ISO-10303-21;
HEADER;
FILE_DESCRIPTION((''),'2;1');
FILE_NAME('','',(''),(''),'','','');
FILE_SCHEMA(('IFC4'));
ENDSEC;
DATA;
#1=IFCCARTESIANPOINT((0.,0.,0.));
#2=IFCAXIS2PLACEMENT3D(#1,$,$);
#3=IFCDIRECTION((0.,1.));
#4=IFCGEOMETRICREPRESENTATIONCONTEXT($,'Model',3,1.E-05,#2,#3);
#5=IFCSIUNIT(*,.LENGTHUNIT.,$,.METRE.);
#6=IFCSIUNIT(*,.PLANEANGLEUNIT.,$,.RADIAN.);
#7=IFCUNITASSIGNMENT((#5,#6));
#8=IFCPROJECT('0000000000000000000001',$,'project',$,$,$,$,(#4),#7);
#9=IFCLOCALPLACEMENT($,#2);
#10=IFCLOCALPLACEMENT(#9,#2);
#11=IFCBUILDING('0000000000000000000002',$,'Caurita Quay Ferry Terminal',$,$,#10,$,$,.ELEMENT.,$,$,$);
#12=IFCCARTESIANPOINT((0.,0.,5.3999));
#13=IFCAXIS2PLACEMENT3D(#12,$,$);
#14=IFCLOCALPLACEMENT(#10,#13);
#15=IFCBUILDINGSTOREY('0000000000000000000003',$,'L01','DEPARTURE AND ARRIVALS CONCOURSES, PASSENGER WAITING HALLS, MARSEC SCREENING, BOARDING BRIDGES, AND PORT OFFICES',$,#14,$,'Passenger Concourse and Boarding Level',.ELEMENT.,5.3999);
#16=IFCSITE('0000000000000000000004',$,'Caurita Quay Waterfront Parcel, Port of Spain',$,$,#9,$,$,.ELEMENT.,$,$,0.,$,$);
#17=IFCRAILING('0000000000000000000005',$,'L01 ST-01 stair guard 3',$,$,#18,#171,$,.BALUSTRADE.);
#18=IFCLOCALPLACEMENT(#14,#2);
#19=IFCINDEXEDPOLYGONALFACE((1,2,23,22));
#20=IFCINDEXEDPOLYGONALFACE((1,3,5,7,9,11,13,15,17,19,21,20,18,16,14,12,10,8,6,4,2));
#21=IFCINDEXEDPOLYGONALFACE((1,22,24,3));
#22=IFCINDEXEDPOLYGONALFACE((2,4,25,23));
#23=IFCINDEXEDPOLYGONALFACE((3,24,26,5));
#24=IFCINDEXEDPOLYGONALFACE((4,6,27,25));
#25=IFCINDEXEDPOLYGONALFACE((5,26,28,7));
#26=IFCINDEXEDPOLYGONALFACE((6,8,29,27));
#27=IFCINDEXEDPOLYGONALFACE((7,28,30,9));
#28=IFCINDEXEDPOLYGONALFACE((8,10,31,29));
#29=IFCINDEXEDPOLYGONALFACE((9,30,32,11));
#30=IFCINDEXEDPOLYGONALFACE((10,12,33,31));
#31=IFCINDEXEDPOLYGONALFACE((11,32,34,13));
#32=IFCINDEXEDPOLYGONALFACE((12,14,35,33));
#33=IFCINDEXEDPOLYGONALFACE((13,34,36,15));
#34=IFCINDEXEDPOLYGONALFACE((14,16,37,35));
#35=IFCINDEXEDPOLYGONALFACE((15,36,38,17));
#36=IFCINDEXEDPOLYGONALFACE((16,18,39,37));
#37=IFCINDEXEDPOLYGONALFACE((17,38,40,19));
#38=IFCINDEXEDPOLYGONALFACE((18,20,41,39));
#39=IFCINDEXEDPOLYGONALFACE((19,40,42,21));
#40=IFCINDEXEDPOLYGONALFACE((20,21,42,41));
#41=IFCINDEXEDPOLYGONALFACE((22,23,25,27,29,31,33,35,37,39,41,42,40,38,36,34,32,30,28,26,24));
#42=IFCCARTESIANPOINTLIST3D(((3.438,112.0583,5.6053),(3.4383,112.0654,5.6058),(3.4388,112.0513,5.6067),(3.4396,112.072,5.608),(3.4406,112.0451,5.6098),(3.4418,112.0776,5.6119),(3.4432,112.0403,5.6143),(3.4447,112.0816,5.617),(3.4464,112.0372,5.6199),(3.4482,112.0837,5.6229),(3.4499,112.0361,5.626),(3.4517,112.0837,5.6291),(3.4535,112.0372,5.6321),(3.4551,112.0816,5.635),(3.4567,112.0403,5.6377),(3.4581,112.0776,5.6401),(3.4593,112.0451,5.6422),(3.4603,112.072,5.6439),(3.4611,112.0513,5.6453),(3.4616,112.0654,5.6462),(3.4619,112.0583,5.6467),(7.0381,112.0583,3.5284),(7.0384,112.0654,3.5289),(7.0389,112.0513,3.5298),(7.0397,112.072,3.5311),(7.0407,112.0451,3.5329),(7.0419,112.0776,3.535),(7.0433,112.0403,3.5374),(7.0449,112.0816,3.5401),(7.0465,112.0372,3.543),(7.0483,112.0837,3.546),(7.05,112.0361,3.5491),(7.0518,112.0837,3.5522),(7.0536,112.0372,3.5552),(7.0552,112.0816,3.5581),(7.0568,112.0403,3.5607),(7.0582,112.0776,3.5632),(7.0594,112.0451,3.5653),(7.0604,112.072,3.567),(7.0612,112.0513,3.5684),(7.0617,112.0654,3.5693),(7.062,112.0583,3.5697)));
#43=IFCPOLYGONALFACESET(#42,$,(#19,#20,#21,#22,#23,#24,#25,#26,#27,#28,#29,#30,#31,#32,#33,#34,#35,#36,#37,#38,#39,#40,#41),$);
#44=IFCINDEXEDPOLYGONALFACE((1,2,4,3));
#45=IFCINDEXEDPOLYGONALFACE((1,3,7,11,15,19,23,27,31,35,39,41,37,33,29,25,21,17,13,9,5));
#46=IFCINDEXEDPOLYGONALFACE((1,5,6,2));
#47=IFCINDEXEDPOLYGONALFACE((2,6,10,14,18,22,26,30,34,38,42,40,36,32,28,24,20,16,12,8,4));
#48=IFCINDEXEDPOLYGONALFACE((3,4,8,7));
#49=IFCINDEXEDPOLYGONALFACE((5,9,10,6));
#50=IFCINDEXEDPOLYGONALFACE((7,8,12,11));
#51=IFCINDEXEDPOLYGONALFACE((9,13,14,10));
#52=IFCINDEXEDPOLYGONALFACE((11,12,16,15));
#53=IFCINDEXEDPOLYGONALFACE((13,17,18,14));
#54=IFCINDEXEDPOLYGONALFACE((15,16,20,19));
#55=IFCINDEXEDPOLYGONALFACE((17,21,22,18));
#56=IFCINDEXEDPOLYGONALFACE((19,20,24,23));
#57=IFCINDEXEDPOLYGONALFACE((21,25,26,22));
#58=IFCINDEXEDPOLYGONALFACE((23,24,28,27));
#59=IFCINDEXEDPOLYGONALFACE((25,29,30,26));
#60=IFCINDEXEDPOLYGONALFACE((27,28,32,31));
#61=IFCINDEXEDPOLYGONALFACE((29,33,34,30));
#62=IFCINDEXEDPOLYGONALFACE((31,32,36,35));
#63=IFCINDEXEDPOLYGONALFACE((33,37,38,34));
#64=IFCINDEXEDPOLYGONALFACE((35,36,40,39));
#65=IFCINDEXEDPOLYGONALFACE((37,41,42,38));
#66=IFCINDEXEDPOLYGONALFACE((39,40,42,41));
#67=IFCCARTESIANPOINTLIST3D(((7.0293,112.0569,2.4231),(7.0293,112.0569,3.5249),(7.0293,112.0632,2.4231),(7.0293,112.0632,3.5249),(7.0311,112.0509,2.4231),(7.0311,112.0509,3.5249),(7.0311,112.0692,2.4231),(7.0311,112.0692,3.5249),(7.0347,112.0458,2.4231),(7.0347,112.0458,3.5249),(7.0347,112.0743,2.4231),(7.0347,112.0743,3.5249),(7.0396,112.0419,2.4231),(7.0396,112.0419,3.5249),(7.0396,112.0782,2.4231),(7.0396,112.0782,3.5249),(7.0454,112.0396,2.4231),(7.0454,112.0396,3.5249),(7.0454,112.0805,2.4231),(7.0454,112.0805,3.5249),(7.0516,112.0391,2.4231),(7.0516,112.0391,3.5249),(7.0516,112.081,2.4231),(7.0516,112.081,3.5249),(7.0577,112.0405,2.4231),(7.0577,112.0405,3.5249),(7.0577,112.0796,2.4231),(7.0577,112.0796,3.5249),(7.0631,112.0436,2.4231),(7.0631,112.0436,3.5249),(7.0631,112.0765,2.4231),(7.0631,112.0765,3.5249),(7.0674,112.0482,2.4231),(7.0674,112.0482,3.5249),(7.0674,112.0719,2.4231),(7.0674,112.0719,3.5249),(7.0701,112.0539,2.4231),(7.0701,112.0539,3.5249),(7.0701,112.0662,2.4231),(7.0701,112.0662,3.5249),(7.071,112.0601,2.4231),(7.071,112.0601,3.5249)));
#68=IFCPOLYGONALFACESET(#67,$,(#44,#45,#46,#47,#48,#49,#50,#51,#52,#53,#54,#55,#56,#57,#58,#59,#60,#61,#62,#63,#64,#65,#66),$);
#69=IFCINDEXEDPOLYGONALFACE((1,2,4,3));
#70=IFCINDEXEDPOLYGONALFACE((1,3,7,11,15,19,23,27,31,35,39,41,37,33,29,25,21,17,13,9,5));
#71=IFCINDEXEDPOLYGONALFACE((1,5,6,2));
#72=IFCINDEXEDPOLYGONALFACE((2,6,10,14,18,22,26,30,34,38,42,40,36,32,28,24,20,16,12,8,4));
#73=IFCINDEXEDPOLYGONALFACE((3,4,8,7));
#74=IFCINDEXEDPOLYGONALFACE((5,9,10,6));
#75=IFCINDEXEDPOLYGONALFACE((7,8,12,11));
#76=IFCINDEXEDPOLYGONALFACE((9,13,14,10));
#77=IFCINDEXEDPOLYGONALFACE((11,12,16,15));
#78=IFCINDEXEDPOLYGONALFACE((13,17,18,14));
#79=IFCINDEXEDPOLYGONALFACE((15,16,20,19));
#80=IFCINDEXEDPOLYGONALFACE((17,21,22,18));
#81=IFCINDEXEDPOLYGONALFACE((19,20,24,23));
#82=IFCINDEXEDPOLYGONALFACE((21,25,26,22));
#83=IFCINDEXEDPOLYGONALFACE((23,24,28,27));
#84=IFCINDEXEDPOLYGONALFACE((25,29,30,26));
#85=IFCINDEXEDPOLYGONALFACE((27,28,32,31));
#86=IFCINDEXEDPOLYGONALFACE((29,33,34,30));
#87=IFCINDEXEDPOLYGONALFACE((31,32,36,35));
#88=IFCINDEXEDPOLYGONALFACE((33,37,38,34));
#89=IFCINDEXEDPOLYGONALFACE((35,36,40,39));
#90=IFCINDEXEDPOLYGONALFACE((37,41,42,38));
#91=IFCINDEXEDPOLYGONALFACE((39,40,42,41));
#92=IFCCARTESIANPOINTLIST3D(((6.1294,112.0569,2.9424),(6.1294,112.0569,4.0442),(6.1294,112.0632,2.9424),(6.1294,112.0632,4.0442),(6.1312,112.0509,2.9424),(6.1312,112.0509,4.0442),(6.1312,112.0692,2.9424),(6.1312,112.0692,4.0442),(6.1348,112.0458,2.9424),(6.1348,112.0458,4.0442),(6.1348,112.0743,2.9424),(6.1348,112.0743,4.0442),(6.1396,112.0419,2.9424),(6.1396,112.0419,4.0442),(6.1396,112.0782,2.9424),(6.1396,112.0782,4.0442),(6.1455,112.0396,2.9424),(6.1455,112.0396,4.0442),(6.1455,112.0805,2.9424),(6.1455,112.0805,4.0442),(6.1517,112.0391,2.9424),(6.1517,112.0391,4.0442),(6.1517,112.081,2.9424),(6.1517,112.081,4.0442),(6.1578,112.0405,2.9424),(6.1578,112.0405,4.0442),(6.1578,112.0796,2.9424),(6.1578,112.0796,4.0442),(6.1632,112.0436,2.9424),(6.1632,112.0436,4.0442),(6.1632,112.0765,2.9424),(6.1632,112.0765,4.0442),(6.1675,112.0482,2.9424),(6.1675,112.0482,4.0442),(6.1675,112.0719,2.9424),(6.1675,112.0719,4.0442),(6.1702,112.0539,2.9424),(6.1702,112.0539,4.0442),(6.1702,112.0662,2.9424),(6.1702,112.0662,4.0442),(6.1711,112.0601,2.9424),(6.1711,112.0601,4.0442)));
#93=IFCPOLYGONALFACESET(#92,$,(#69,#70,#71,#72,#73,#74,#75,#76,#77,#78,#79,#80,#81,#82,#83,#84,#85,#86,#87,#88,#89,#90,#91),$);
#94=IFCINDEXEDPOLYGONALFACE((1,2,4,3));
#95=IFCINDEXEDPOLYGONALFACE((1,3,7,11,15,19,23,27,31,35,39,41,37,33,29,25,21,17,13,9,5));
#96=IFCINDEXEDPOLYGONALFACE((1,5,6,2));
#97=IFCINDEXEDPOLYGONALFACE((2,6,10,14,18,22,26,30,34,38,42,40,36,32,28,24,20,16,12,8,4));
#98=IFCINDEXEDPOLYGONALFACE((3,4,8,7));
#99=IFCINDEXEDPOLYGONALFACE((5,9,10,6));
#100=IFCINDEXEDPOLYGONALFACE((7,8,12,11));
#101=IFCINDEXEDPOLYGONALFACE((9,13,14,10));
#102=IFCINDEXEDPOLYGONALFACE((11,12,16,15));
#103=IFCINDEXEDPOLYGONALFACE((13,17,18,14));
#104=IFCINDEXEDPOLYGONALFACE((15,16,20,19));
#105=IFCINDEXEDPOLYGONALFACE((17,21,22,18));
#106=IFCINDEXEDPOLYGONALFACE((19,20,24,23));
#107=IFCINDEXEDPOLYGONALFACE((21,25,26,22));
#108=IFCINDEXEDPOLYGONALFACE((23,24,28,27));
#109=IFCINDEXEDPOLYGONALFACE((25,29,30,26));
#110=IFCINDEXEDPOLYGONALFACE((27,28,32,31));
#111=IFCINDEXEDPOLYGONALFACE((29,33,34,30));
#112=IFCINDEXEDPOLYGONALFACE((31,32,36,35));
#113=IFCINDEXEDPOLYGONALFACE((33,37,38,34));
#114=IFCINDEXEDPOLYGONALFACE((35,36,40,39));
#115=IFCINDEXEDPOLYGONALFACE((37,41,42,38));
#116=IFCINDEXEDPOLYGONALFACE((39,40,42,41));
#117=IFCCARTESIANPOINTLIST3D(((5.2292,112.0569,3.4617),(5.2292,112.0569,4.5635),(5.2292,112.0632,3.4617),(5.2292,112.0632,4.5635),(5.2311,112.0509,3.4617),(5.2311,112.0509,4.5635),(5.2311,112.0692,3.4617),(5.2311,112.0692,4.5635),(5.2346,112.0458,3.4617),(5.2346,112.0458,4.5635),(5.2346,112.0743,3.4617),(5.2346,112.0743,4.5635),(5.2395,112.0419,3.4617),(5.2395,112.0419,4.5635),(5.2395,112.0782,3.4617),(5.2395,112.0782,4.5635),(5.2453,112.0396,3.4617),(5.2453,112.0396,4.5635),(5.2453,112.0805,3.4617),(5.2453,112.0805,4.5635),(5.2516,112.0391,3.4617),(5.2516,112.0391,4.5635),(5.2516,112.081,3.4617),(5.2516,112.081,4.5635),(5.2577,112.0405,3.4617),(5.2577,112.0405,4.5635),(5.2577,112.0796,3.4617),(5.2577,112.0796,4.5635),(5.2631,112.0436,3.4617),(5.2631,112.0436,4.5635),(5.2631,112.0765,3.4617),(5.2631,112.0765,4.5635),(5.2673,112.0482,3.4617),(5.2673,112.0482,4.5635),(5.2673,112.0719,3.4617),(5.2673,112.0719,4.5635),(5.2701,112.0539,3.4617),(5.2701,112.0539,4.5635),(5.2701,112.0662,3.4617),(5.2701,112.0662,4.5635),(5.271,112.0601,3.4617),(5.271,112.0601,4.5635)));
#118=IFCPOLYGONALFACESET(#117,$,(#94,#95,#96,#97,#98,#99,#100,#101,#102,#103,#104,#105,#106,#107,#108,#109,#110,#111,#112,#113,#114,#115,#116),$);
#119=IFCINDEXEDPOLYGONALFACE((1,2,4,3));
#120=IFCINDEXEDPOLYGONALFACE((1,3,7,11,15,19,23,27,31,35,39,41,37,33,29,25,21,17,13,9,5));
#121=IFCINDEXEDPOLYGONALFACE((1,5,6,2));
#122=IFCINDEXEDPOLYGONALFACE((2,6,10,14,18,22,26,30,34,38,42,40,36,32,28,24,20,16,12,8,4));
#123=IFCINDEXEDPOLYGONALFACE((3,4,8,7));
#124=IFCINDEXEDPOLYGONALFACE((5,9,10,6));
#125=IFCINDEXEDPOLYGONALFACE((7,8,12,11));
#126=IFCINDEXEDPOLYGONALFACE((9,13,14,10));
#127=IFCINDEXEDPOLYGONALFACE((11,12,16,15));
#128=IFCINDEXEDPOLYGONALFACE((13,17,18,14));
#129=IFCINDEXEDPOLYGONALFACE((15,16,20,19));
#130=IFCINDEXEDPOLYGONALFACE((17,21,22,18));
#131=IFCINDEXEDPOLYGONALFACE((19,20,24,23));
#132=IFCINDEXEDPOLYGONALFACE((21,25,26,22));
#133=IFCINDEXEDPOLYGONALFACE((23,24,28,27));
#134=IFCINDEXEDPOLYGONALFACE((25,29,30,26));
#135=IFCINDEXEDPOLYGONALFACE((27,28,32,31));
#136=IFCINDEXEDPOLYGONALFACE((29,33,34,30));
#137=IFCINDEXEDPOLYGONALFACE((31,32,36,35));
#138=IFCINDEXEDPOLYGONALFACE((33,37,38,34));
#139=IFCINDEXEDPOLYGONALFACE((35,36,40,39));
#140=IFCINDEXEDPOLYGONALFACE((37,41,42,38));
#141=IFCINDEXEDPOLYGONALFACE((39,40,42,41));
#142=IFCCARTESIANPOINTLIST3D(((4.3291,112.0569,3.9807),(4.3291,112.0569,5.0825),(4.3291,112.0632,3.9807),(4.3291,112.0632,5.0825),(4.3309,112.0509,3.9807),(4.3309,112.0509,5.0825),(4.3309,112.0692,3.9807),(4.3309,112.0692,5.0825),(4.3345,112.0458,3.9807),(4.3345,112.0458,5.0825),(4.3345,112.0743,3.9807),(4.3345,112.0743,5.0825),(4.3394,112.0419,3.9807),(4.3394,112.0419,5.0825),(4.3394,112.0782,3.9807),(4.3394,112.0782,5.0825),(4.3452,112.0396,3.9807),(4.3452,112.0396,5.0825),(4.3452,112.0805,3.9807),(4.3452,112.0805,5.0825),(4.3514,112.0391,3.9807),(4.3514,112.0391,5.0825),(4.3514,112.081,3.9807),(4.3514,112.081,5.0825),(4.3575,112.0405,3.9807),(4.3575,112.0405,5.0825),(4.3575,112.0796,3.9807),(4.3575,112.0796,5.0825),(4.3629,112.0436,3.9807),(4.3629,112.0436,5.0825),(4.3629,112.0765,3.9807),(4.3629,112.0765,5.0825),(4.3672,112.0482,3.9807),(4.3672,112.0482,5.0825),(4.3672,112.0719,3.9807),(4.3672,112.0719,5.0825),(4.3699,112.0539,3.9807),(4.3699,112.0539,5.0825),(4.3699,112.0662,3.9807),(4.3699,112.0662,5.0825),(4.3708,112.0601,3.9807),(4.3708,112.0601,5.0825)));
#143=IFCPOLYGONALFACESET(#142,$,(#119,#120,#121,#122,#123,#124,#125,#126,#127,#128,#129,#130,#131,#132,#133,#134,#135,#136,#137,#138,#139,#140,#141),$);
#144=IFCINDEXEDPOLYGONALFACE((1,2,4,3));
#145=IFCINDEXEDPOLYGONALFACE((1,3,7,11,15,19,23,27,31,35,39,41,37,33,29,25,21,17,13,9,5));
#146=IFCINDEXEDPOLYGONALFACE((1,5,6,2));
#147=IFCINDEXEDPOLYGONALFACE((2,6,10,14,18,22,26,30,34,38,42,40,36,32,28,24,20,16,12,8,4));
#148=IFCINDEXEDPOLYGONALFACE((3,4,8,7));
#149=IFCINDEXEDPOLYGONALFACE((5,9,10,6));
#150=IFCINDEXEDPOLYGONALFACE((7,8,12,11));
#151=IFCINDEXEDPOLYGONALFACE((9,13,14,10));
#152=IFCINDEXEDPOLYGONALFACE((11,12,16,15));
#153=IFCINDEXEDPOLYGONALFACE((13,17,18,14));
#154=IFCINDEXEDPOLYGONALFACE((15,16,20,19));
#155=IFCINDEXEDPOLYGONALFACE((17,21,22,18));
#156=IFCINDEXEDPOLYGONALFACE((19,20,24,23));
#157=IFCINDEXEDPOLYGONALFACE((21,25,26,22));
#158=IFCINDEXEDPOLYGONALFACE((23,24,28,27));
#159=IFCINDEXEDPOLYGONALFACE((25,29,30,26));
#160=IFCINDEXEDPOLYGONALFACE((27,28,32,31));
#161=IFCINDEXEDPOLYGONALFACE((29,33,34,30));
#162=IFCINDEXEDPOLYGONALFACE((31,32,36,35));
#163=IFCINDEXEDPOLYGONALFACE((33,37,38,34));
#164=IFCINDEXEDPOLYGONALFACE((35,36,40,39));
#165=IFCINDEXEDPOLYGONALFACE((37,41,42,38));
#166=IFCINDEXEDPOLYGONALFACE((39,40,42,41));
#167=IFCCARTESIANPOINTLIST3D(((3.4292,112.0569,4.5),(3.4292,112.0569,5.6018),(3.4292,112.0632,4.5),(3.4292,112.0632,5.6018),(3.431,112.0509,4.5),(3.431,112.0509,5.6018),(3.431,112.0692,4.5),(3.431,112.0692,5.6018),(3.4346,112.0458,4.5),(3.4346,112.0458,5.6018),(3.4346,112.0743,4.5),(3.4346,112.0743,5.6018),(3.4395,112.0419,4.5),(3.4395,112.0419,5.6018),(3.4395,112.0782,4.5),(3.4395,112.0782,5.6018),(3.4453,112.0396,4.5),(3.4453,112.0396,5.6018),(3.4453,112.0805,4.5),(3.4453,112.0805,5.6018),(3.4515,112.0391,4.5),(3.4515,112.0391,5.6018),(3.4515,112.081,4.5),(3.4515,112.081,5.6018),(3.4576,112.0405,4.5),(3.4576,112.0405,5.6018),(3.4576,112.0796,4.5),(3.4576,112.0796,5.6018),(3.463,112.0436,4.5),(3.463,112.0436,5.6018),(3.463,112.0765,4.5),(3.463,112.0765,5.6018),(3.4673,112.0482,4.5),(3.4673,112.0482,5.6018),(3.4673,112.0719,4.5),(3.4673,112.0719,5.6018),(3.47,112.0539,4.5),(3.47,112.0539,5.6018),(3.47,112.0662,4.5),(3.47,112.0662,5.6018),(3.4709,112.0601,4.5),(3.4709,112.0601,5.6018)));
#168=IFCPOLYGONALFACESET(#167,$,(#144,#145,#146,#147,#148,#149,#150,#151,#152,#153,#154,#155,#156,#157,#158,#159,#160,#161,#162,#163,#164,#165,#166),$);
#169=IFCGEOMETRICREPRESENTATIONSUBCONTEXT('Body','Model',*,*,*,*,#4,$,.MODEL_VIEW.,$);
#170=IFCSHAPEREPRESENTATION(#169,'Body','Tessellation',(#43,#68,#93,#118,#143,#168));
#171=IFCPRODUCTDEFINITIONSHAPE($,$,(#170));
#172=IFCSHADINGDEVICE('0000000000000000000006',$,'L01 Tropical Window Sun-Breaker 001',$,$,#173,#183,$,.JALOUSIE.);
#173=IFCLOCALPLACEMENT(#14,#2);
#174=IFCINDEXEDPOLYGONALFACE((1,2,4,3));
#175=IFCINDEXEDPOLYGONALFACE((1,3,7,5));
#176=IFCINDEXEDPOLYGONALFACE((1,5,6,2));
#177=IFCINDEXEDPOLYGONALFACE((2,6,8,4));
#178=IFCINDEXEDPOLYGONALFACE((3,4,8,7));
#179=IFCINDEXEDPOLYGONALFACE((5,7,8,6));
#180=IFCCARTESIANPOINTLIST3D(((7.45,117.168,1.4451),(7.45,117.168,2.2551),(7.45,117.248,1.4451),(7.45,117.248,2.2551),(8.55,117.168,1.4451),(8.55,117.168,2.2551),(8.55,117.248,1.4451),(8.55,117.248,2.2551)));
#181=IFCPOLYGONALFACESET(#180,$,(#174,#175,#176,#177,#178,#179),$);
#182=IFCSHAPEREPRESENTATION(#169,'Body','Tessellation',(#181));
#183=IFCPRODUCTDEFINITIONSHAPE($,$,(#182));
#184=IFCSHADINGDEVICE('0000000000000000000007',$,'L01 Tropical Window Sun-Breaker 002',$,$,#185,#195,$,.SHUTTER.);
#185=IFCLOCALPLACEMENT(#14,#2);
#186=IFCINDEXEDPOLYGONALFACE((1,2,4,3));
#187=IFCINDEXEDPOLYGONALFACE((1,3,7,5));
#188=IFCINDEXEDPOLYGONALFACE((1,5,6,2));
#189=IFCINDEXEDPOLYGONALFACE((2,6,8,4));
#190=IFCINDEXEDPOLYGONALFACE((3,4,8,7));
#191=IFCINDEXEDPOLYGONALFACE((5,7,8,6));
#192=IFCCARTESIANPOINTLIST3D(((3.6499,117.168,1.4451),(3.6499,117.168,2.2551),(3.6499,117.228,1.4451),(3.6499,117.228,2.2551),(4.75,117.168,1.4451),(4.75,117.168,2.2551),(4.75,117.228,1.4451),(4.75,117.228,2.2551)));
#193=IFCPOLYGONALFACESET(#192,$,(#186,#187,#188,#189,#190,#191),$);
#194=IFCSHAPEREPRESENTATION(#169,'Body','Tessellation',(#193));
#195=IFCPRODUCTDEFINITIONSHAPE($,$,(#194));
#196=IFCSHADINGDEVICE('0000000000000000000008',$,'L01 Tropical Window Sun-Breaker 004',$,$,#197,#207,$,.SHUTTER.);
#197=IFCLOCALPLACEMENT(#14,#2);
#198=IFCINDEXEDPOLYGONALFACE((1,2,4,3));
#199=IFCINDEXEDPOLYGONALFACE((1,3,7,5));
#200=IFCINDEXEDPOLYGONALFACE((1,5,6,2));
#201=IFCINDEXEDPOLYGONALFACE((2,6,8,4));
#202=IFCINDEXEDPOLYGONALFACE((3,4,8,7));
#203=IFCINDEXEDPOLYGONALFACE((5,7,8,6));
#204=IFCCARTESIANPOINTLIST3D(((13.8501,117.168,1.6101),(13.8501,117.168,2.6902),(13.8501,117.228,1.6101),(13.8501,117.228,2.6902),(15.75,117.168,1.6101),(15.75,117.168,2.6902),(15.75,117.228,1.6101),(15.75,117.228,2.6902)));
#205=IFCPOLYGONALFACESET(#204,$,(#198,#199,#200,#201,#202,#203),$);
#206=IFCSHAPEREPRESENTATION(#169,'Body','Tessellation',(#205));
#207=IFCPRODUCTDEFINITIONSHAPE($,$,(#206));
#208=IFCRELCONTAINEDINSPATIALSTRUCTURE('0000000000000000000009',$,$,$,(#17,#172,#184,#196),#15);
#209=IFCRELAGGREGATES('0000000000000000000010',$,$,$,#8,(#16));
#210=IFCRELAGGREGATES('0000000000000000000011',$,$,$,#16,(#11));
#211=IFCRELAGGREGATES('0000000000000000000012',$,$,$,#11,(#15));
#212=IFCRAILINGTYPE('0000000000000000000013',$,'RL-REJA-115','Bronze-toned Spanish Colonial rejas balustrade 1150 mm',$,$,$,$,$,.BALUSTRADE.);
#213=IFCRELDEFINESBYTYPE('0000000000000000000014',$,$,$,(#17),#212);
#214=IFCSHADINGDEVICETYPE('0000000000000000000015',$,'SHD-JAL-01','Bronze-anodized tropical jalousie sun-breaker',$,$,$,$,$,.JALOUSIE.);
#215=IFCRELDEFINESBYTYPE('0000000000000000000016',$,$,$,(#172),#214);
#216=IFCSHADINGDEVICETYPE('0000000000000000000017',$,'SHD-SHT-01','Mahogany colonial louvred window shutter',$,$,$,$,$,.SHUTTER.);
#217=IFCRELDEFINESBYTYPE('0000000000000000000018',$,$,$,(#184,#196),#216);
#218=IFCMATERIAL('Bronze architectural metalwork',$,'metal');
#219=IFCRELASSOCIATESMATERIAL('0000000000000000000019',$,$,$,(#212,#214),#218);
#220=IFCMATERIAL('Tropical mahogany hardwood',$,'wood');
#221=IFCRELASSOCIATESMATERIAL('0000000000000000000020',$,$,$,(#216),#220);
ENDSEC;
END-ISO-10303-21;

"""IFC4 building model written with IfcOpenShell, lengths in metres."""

from ifc_helpers import new_model, si_unit, direction, frame, origin, origin_2d, place, context, subcontext, project, spatial, rectangle, circle, extrude, material, type_object, element, save


model = new_model("IFC4")

# Units and contexts
model_context = context("Model", 3, precision=1e-05, world=origin(), true_north=direction((0.0, 1.0)))
body_context = subcontext(model_context, "Body", "Model", "MODEL_VIEW")
ifc_project = project(units=[si_unit("LENGTHUNIT", "METRE"), si_unit("PLANEANGLEUNIT", "RADIAN")], contexts=[model_context])

# Site, building, storey
site_placement = place(None, origin())
site = spatial("IfcSite", under=ifc_project, at=site_placement, Name="Caurita Quay Waterfront Parcel, Port of Spain", CompositionType="ELEMENT", RefElevation=0.0)
building_placement = place(site_placement, origin())
building = spatial("IfcBuilding", under=site, at=building_placement, Name="Caurita Quay Ferry Terminal", CompositionType="ELEMENT")
storey_placement = place(building_placement, frame((0.0, 0.0, 5.3999)))
storey = spatial("IfcBuildingStorey", under=building, at=storey_placement, Name="L01", Description="DEPARTURE AND ARRIVALS CONCOURSES, PASSENGER WAITING HALLS, MARSEC SCREENING, BOARDING BRIDGES, AND PORT OFFICES", LongName="Passenger Concourse and Boarding Level", CompositionType="ELEMENT", Elevation=5.3999)

# Shared definitions
ifc_material_1 = material(Name="Bronze architectural metalwork", Category="metal")

# Railing
railing_type_1 = type_object("IfcRailingType", Name="RL-REJA-115", Description="Bronze-toned Spanish Colonial rejas balustrade 1150 mm", PredefinedType="BALUSTRADE", material=ifc_material_1)
railing_1_placement = place(storey_placement, frame((7.05, 112.0601, 2.4231)))
element("IfcRailing", 1, at=railing_1_placement, inside=storey, type_object=railing_type_1, Name="L01 ST-01 stair guard 3", PredefinedType="BALUSTRADE", context=body_context, shape_type="SweptSolid", body=[
    extrude(circle(Radius=0.0239, at=origin_2d()), frame((0.0, 0.0, 1.126), z_axis=(-0.866193, 0.0, 0.499709), x_axis=(0.0, -1.0, 0.0)), (0.0, 0.0, 1.0), 4.1562),
    extrude(circle(Radius=0.021, at=origin_2d()), origin(), (0.0, 0.0, 1.0), 1.1018),
    extrude(circle(Radius=0.021, at=origin_2d()), frame((-0.8999, 0.0, 0.5193)), (0.0, 0.0, 1.0), 1.1018),
    extrude(circle(Radius=0.021, at=origin_2d()), frame((-1.8, 0.0, 1.0386)), (0.0, 0.0, 1.0), 1.1018),
    extrude(circle(Radius=0.021, at=origin_2d()), frame((-2.7002, 0.0, 1.5576)), (0.0, 0.0, 1.0), 1.1018),
    extrude(circle(Radius=0.021, at=origin_2d()), frame((-3.6001, 0.0, 2.0769)), (0.0, 0.0, 1.0), 1.1018),
])

# Shading devices
shading_device_type_1 = type_object("IfcShadingDeviceType", Name="SHD-JAL-01", Description="Bronze-anodized tropical jalousie sun-breaker", PredefinedType="JALOUSIE", material=ifc_material_1)
shading_device_1_placement = place(storey_placement, frame((8.0, 117.208, 1.4451), z_axis=(0.0, 0.0, 1.0), x_axis=(-1.0, 0.0, 0.0)))
element("IfcShadingDevice", 2, at=shading_device_1_placement, inside=storey, type_object=shading_device_type_1, Name="L01 Tropical Window Sun-Breaker 001", PredefinedType="JALOUSIE", context=body_context, shape_type="SweptSolid", body=[
    extrude(rectangle(XDim=1.1001, YDim=0.0801, at=origin_2d()), origin(), (0.0, 0.0, 1.0), 0.8101),
])
ifc_material_2 = material(Name="Tropical mahogany hardwood", Category="wood")
shading_device_type_2 = type_object("IfcShadingDeviceType", Name="SHD-SHT-01", Description="Mahogany colonial louvred window shutter", PredefinedType="SHUTTER", material=ifc_material_2)
shading_device_2_placement = place(storey_placement, frame((4.2, 117.198, 1.4451), z_axis=(0.0, 0.0, 1.0), x_axis=(-1.0, 0.0, 0.0)))
element("IfcShadingDevice", 3, at=shading_device_2_placement, inside=storey, type_object=shading_device_type_2, Name="L01 Tropical Window Sun-Breaker 002", PredefinedType="SHUTTER", context=body_context, shape_type="SweptSolid", body=[
    extrude(rectangle(XDim=1.1001, YDim=0.0601, at=origin_2d()), origin(), (0.0, 0.0, 1.0), 0.8101),
])
shading_device_3_placement = place(storey_placement, frame((14.8, 117.198, 1.6101), z_axis=(0.0, 0.0, 1.0), x_axis=(-1.0, 0.0, 0.0)))
element("IfcShadingDevice", 4, at=shading_device_3_placement, inside=storey, type_object=shading_device_type_2, Name="L01 Tropical Window Sun-Breaker 004", PredefinedType="SHUTTER", context=body_context, shape_type="SweptSolid", body=[
    extrude(rectangle(XDim=1.8999, YDim=0.0601, at=origin_2d()), origin(), (0.0, 0.0, 1.0), 1.0801),
])

save(model, "model.ifc")
